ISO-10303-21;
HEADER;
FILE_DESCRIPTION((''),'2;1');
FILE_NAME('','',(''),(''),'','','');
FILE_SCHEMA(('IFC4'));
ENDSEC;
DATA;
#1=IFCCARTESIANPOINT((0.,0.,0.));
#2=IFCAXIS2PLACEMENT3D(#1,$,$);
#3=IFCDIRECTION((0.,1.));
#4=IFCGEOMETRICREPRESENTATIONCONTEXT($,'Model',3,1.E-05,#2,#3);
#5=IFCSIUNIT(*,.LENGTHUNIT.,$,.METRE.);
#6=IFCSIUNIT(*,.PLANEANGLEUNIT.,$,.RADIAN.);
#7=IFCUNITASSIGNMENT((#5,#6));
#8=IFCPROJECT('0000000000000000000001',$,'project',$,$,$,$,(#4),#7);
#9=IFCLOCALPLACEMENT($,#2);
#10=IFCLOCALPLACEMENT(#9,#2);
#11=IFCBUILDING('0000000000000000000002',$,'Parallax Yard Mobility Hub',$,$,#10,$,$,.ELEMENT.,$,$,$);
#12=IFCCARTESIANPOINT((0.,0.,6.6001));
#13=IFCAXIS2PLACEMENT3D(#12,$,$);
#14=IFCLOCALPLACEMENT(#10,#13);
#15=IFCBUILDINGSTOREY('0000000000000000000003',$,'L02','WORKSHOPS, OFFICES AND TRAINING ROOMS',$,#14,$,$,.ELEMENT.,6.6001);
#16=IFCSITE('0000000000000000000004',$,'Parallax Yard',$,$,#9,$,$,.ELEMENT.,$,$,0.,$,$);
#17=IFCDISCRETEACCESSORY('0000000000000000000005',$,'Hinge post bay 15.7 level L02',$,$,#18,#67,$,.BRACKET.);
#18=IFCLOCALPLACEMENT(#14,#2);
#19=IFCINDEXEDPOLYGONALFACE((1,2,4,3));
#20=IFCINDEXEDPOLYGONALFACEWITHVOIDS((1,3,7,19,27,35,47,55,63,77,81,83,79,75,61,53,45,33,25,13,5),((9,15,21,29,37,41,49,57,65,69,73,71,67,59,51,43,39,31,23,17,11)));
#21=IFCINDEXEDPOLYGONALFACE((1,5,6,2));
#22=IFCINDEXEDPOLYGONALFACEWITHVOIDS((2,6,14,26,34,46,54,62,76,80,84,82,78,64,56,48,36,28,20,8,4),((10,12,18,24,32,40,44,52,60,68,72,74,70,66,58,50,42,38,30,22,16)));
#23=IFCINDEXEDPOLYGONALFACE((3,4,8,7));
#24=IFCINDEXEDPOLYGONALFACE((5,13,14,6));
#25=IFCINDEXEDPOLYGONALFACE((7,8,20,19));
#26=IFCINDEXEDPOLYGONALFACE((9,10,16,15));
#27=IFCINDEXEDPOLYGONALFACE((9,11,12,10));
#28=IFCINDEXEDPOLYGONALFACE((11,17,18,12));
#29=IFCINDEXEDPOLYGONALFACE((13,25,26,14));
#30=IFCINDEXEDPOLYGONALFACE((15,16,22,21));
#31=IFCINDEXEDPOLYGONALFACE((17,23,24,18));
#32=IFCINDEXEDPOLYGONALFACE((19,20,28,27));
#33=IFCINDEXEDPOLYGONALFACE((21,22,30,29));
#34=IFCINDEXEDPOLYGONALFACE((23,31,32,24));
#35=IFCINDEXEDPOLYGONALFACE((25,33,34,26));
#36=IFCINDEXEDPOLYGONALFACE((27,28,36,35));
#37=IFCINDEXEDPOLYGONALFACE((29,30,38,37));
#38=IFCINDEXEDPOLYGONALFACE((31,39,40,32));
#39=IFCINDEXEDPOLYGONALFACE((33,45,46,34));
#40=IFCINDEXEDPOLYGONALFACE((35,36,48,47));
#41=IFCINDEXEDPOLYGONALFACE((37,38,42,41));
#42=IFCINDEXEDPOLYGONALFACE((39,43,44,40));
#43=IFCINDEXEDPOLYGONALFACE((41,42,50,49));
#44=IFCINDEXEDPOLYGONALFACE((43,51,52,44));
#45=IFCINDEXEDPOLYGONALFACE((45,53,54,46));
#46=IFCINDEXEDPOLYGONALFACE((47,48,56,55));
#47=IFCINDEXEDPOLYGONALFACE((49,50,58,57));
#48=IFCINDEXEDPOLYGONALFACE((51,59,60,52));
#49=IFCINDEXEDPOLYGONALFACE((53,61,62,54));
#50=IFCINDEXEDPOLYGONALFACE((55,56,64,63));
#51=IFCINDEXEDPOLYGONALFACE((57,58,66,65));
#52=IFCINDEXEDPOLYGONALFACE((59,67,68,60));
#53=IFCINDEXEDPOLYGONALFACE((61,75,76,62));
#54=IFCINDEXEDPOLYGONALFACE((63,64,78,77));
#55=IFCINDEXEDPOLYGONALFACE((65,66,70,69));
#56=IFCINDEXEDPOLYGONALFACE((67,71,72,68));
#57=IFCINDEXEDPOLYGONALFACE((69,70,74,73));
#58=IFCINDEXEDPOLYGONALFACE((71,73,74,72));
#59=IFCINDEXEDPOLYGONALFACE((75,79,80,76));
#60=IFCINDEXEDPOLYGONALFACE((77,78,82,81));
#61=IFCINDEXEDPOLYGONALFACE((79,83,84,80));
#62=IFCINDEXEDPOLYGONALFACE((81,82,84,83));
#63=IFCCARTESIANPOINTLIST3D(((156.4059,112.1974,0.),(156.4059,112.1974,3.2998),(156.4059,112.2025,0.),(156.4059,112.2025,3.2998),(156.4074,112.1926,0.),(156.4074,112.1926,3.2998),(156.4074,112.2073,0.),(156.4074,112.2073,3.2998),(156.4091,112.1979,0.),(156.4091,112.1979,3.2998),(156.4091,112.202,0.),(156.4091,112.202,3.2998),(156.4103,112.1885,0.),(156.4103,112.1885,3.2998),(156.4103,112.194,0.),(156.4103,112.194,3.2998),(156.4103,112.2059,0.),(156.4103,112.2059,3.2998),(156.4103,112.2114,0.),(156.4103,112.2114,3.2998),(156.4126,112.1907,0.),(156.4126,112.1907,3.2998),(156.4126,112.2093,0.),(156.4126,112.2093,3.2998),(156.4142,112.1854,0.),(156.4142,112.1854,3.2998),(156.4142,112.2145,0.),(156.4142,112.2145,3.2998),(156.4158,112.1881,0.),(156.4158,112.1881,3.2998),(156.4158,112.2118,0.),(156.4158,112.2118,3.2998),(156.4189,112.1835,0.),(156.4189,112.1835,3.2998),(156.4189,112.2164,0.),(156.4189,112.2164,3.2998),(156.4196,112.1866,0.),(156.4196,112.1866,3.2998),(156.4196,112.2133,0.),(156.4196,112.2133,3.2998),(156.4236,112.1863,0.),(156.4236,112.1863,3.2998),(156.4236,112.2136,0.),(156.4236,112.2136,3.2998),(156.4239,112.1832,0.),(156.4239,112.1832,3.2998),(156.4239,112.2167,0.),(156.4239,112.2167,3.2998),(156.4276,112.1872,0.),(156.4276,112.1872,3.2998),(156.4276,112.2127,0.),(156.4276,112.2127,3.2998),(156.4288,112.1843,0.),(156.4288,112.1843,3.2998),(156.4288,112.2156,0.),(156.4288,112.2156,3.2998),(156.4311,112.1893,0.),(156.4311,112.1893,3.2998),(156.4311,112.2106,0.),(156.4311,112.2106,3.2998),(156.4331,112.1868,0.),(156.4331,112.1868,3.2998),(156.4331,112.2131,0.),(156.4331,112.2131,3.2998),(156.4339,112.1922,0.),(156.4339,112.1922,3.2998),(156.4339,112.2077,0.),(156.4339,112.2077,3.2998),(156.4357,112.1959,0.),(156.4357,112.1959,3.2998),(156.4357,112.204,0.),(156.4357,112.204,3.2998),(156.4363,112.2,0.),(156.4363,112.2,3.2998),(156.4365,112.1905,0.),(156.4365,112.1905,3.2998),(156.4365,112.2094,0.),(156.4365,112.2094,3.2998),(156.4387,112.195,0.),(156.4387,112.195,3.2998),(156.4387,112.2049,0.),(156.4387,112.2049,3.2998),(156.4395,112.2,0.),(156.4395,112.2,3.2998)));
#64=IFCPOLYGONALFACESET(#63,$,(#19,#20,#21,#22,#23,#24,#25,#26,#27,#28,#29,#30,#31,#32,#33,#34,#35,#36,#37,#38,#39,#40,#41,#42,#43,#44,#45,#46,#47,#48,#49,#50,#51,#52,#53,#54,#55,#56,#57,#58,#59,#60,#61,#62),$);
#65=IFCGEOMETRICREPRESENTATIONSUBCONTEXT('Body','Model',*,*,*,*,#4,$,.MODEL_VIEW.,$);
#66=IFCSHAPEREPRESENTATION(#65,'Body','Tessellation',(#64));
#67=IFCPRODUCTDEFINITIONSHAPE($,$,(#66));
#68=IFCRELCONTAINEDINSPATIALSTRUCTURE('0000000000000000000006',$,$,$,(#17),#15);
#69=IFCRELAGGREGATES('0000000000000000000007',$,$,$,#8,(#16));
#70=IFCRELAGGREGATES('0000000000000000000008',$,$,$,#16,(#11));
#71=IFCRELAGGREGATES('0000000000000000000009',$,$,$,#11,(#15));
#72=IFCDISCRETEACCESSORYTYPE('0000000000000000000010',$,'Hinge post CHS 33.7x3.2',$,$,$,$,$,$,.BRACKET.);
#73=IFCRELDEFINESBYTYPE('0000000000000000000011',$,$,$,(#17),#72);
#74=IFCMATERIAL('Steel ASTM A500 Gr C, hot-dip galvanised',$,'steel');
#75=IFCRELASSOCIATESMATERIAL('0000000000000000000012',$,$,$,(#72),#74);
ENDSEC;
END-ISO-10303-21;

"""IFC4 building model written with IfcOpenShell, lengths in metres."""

from ifc_helpers import new_model, si_unit, direction, frame, origin, origin_2d, place, context, subcontext, project, spatial, hollow_circle, extrude, material, material_profile, profile_set, type_object, element, save


model = new_model("IFC4")

# Units and contexts
model_context = context("Model", 3, precision=1e-05, world=origin(), true_north=direction((0.0, 1.0)))
body_context = subcontext(model_context, "Body", "Model", "MODEL_VIEW")
ifc_project = project(units=[si_unit("LENGTHUNIT", "METRE"), si_unit("PLANEANGLEUNIT", "RADIAN")], contexts=[model_context])

# Site, building, storey
site_placement = place(None, origin())
site = spatial("IfcSite", under=ifc_project, at=site_placement, Name="Parallax Yard", CompositionType="ELEMENT", RefElevation=0.0)
building_placement = place(site_placement, origin())
building = spatial("IfcBuilding", under=site, at=building_placement, Name="Parallax Yard Mobility Hub", CompositionType="ELEMENT")
storey_placement = place(building_placement, frame((0.0, 0.0, 6.6001)))
storey = spatial("IfcBuildingStorey", under=building, at=storey_placement, Name="L02", Description="WORKSHOPS, OFFICES AND TRAINING ROOMS", CompositionType="ELEMENT", Elevation=6.6001)

# Discrete accessory
ifc_material_1 = material(Name="Steel ASTM A500 Gr C, hot-dip galvanised", Category="steel")
ifc_material_profile_1 = material_profile(ifc_material_1, hollow_circle(Radius=0.0168, WallThickness=0.0032, at=origin_2d()), Name="CHS 33.7x3.2")
ifc_profile_set_1 = profile_set([ifc_material_profile_1], Name="Steel ASTM A500 Gr C, hot-dip galvanised")
discrete_accessory_type_1 = type_object("IfcDiscreteAccessoryType", Name="Hinge post CHS 33.7x3.2", PredefinedType="BRACKET", material=ifc_profile_set_1)
for number, where, z_axis, x_axis, name in (
    (1, (156.4226, 112.2, 0.0), (0.0, 0.0, 1.0), (1.0, 0.0, 0.0), "Hinge post bay 15.7 level L02"),
):
    element("IfcDiscreteAccessory", number, at=place(storey_placement, frame(where, z_axis=z_axis, x_axis=x_axis)), inside=storey, type_object=discrete_accessory_type_1, Name=name, PredefinedType="BRACKET", context=body_context, shape_type="SweptSolid", body=[
        extrude(hollow_circle(Radius=0.0168, WallThickness=0.0032, at=origin_2d()), origin(), (0.0, 0.0, 1.0), 3.2998),
    ])

save(model, "model.ifc")
